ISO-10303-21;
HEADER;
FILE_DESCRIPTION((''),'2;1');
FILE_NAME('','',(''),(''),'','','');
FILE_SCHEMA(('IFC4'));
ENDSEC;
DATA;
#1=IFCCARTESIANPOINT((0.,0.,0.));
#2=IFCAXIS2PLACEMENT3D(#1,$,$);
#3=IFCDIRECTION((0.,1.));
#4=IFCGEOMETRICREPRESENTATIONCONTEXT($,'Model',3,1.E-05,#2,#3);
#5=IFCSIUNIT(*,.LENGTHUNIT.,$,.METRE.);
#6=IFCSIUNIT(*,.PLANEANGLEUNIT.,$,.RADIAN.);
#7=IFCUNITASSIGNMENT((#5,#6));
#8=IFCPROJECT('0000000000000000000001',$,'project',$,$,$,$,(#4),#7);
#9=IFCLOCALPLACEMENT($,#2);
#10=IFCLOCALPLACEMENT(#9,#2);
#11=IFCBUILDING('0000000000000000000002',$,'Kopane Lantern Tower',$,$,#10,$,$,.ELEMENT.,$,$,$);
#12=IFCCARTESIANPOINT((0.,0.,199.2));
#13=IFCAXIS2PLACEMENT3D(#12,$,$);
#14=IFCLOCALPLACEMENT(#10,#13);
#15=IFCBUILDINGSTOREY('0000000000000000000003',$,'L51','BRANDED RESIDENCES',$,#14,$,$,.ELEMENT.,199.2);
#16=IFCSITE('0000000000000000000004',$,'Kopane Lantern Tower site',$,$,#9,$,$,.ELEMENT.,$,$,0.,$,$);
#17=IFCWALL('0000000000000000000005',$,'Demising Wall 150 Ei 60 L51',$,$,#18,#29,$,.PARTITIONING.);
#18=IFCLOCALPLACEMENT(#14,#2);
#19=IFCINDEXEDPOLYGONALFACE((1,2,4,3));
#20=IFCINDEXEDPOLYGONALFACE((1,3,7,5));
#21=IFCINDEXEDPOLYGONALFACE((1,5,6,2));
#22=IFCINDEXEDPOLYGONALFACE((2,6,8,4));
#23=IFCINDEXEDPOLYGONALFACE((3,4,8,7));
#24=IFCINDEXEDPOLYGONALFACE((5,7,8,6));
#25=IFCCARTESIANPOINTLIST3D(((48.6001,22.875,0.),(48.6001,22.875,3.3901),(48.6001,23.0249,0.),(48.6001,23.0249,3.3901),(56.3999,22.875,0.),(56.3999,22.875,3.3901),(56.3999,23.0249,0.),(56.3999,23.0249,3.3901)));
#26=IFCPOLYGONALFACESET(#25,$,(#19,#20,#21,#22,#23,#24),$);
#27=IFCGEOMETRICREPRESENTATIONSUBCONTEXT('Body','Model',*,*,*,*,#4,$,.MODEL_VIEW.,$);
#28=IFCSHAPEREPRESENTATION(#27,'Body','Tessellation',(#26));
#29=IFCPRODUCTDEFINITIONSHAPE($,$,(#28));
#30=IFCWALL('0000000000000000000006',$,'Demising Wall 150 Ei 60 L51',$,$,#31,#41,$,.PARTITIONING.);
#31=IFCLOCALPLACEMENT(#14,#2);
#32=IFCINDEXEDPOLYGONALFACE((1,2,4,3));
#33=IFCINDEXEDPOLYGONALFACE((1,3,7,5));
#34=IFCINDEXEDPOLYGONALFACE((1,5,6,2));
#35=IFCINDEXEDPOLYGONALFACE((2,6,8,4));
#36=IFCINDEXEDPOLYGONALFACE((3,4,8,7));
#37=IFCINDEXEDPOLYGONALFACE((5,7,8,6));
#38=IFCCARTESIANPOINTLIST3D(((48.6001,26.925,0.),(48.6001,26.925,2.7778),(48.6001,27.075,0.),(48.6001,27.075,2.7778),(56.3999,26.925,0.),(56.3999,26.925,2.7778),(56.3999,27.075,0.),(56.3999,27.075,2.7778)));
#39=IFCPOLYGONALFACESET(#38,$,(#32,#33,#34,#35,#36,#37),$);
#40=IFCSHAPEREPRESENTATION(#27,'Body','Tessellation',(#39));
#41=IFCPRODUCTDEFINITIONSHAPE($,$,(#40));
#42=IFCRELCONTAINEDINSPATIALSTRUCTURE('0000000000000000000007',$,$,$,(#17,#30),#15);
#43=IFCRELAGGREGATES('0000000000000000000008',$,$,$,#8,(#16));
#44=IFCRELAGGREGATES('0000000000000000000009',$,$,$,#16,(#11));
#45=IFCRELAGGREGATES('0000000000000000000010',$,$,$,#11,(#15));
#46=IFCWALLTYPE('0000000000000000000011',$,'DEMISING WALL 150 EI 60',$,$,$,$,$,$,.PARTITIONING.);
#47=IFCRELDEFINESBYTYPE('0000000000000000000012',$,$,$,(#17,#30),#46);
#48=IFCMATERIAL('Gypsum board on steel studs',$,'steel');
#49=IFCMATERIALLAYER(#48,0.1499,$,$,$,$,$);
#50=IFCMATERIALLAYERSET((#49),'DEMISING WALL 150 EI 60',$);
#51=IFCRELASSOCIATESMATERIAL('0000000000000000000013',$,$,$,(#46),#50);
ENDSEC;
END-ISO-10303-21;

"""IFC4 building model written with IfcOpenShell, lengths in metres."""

from ifc_helpers import new_model, si_unit, direction, frame, frame_2d, origin, place, context, subcontext, project, spatial, rectangle, extrude, material, layer, layer_set, type_object, element, save


model = new_model("IFC4")

# Units and contexts
model_context = context("Model", 3, precision=1e-05, world=origin(), true_north=direction((0.0, 1.0)))
body_context = subcontext(model_context, "Body", "Model", "MODEL_VIEW")
ifc_project = project(units=[si_unit("LENGTHUNIT", "METRE"), si_unit("PLANEANGLEUNIT", "RADIAN")], contexts=[model_context])

# Site, building, storey
site_placement = place(None, origin())
site = spatial("IfcSite", under=ifc_project, at=site_placement, Name="Kopane Lantern Tower site", CompositionType="ELEMENT", RefElevation=0.0)
building_placement = place(site_placement, origin())
building = spatial("IfcBuilding", under=site, at=building_placement, Name="Kopane Lantern Tower", CompositionType="ELEMENT")
storey_placement = place(building_placement, frame((0.0, 0.0, 199.2)))
storey = spatial("IfcBuildingStorey", under=building, at=storey_placement, Name="L51", Description="BRANDED RESIDENCES", CompositionType="ELEMENT", Elevation=199.2)

# Walls
ifc_material_1 = material(Name="Gypsum board on steel studs", Category="steel")
ifc_layer_1 = layer(ifc_material_1, 0.1499)
ifc_layer_set_1 = layer_set([ifc_layer_1], Name="DEMISING WALL 150 EI 60")
wall_type_1 = type_object("IfcWallType", Name="DEMISING WALL 150 EI 60", PredefinedType="PARTITIONING", material=ifc_layer_set_1)
wall_1_placement = place(storey_placement, frame((48.6001, 22.95, 0.0), z_axis=(0.0, 0.0, 1.0), x_axis=(1.0, 0.0, 0.0)))
element("IfcWall", 1, at=wall_1_placement, inside=storey, type_object=wall_type_1, Name="Demising Wall 150 Ei 60 L51", PredefinedType="PARTITIONING", context=body_context, shape_type="SweptSolid", body=[
    extrude(rectangle(XDim=7.7998, YDim=0.1499, at=frame_2d((3.8999, 0.0))), origin(), (0.0, 0.0, 1.0), 3.3901),
])
wall_2_placement = place(storey_placement, frame((48.6001, 27.0, 0.0), z_axis=(0.0, 0.0, 1.0), x_axis=(1.0, 0.0, 0.0)))
element("IfcWall", 2, at=wall_2_placement, inside=storey, type_object=wall_type_1, Name="Demising Wall 150 Ei 60 L51", PredefinedType="PARTITIONING", context=body_context, shape_type="SweptSolid", body=[
    extrude(rectangle(XDim=7.7998, YDim=0.1499, at=frame_2d((3.8999, 0.0))), origin(), (0.0, 0.0, 1.0), 2.7778),
])

save(model, "model.ifc")
